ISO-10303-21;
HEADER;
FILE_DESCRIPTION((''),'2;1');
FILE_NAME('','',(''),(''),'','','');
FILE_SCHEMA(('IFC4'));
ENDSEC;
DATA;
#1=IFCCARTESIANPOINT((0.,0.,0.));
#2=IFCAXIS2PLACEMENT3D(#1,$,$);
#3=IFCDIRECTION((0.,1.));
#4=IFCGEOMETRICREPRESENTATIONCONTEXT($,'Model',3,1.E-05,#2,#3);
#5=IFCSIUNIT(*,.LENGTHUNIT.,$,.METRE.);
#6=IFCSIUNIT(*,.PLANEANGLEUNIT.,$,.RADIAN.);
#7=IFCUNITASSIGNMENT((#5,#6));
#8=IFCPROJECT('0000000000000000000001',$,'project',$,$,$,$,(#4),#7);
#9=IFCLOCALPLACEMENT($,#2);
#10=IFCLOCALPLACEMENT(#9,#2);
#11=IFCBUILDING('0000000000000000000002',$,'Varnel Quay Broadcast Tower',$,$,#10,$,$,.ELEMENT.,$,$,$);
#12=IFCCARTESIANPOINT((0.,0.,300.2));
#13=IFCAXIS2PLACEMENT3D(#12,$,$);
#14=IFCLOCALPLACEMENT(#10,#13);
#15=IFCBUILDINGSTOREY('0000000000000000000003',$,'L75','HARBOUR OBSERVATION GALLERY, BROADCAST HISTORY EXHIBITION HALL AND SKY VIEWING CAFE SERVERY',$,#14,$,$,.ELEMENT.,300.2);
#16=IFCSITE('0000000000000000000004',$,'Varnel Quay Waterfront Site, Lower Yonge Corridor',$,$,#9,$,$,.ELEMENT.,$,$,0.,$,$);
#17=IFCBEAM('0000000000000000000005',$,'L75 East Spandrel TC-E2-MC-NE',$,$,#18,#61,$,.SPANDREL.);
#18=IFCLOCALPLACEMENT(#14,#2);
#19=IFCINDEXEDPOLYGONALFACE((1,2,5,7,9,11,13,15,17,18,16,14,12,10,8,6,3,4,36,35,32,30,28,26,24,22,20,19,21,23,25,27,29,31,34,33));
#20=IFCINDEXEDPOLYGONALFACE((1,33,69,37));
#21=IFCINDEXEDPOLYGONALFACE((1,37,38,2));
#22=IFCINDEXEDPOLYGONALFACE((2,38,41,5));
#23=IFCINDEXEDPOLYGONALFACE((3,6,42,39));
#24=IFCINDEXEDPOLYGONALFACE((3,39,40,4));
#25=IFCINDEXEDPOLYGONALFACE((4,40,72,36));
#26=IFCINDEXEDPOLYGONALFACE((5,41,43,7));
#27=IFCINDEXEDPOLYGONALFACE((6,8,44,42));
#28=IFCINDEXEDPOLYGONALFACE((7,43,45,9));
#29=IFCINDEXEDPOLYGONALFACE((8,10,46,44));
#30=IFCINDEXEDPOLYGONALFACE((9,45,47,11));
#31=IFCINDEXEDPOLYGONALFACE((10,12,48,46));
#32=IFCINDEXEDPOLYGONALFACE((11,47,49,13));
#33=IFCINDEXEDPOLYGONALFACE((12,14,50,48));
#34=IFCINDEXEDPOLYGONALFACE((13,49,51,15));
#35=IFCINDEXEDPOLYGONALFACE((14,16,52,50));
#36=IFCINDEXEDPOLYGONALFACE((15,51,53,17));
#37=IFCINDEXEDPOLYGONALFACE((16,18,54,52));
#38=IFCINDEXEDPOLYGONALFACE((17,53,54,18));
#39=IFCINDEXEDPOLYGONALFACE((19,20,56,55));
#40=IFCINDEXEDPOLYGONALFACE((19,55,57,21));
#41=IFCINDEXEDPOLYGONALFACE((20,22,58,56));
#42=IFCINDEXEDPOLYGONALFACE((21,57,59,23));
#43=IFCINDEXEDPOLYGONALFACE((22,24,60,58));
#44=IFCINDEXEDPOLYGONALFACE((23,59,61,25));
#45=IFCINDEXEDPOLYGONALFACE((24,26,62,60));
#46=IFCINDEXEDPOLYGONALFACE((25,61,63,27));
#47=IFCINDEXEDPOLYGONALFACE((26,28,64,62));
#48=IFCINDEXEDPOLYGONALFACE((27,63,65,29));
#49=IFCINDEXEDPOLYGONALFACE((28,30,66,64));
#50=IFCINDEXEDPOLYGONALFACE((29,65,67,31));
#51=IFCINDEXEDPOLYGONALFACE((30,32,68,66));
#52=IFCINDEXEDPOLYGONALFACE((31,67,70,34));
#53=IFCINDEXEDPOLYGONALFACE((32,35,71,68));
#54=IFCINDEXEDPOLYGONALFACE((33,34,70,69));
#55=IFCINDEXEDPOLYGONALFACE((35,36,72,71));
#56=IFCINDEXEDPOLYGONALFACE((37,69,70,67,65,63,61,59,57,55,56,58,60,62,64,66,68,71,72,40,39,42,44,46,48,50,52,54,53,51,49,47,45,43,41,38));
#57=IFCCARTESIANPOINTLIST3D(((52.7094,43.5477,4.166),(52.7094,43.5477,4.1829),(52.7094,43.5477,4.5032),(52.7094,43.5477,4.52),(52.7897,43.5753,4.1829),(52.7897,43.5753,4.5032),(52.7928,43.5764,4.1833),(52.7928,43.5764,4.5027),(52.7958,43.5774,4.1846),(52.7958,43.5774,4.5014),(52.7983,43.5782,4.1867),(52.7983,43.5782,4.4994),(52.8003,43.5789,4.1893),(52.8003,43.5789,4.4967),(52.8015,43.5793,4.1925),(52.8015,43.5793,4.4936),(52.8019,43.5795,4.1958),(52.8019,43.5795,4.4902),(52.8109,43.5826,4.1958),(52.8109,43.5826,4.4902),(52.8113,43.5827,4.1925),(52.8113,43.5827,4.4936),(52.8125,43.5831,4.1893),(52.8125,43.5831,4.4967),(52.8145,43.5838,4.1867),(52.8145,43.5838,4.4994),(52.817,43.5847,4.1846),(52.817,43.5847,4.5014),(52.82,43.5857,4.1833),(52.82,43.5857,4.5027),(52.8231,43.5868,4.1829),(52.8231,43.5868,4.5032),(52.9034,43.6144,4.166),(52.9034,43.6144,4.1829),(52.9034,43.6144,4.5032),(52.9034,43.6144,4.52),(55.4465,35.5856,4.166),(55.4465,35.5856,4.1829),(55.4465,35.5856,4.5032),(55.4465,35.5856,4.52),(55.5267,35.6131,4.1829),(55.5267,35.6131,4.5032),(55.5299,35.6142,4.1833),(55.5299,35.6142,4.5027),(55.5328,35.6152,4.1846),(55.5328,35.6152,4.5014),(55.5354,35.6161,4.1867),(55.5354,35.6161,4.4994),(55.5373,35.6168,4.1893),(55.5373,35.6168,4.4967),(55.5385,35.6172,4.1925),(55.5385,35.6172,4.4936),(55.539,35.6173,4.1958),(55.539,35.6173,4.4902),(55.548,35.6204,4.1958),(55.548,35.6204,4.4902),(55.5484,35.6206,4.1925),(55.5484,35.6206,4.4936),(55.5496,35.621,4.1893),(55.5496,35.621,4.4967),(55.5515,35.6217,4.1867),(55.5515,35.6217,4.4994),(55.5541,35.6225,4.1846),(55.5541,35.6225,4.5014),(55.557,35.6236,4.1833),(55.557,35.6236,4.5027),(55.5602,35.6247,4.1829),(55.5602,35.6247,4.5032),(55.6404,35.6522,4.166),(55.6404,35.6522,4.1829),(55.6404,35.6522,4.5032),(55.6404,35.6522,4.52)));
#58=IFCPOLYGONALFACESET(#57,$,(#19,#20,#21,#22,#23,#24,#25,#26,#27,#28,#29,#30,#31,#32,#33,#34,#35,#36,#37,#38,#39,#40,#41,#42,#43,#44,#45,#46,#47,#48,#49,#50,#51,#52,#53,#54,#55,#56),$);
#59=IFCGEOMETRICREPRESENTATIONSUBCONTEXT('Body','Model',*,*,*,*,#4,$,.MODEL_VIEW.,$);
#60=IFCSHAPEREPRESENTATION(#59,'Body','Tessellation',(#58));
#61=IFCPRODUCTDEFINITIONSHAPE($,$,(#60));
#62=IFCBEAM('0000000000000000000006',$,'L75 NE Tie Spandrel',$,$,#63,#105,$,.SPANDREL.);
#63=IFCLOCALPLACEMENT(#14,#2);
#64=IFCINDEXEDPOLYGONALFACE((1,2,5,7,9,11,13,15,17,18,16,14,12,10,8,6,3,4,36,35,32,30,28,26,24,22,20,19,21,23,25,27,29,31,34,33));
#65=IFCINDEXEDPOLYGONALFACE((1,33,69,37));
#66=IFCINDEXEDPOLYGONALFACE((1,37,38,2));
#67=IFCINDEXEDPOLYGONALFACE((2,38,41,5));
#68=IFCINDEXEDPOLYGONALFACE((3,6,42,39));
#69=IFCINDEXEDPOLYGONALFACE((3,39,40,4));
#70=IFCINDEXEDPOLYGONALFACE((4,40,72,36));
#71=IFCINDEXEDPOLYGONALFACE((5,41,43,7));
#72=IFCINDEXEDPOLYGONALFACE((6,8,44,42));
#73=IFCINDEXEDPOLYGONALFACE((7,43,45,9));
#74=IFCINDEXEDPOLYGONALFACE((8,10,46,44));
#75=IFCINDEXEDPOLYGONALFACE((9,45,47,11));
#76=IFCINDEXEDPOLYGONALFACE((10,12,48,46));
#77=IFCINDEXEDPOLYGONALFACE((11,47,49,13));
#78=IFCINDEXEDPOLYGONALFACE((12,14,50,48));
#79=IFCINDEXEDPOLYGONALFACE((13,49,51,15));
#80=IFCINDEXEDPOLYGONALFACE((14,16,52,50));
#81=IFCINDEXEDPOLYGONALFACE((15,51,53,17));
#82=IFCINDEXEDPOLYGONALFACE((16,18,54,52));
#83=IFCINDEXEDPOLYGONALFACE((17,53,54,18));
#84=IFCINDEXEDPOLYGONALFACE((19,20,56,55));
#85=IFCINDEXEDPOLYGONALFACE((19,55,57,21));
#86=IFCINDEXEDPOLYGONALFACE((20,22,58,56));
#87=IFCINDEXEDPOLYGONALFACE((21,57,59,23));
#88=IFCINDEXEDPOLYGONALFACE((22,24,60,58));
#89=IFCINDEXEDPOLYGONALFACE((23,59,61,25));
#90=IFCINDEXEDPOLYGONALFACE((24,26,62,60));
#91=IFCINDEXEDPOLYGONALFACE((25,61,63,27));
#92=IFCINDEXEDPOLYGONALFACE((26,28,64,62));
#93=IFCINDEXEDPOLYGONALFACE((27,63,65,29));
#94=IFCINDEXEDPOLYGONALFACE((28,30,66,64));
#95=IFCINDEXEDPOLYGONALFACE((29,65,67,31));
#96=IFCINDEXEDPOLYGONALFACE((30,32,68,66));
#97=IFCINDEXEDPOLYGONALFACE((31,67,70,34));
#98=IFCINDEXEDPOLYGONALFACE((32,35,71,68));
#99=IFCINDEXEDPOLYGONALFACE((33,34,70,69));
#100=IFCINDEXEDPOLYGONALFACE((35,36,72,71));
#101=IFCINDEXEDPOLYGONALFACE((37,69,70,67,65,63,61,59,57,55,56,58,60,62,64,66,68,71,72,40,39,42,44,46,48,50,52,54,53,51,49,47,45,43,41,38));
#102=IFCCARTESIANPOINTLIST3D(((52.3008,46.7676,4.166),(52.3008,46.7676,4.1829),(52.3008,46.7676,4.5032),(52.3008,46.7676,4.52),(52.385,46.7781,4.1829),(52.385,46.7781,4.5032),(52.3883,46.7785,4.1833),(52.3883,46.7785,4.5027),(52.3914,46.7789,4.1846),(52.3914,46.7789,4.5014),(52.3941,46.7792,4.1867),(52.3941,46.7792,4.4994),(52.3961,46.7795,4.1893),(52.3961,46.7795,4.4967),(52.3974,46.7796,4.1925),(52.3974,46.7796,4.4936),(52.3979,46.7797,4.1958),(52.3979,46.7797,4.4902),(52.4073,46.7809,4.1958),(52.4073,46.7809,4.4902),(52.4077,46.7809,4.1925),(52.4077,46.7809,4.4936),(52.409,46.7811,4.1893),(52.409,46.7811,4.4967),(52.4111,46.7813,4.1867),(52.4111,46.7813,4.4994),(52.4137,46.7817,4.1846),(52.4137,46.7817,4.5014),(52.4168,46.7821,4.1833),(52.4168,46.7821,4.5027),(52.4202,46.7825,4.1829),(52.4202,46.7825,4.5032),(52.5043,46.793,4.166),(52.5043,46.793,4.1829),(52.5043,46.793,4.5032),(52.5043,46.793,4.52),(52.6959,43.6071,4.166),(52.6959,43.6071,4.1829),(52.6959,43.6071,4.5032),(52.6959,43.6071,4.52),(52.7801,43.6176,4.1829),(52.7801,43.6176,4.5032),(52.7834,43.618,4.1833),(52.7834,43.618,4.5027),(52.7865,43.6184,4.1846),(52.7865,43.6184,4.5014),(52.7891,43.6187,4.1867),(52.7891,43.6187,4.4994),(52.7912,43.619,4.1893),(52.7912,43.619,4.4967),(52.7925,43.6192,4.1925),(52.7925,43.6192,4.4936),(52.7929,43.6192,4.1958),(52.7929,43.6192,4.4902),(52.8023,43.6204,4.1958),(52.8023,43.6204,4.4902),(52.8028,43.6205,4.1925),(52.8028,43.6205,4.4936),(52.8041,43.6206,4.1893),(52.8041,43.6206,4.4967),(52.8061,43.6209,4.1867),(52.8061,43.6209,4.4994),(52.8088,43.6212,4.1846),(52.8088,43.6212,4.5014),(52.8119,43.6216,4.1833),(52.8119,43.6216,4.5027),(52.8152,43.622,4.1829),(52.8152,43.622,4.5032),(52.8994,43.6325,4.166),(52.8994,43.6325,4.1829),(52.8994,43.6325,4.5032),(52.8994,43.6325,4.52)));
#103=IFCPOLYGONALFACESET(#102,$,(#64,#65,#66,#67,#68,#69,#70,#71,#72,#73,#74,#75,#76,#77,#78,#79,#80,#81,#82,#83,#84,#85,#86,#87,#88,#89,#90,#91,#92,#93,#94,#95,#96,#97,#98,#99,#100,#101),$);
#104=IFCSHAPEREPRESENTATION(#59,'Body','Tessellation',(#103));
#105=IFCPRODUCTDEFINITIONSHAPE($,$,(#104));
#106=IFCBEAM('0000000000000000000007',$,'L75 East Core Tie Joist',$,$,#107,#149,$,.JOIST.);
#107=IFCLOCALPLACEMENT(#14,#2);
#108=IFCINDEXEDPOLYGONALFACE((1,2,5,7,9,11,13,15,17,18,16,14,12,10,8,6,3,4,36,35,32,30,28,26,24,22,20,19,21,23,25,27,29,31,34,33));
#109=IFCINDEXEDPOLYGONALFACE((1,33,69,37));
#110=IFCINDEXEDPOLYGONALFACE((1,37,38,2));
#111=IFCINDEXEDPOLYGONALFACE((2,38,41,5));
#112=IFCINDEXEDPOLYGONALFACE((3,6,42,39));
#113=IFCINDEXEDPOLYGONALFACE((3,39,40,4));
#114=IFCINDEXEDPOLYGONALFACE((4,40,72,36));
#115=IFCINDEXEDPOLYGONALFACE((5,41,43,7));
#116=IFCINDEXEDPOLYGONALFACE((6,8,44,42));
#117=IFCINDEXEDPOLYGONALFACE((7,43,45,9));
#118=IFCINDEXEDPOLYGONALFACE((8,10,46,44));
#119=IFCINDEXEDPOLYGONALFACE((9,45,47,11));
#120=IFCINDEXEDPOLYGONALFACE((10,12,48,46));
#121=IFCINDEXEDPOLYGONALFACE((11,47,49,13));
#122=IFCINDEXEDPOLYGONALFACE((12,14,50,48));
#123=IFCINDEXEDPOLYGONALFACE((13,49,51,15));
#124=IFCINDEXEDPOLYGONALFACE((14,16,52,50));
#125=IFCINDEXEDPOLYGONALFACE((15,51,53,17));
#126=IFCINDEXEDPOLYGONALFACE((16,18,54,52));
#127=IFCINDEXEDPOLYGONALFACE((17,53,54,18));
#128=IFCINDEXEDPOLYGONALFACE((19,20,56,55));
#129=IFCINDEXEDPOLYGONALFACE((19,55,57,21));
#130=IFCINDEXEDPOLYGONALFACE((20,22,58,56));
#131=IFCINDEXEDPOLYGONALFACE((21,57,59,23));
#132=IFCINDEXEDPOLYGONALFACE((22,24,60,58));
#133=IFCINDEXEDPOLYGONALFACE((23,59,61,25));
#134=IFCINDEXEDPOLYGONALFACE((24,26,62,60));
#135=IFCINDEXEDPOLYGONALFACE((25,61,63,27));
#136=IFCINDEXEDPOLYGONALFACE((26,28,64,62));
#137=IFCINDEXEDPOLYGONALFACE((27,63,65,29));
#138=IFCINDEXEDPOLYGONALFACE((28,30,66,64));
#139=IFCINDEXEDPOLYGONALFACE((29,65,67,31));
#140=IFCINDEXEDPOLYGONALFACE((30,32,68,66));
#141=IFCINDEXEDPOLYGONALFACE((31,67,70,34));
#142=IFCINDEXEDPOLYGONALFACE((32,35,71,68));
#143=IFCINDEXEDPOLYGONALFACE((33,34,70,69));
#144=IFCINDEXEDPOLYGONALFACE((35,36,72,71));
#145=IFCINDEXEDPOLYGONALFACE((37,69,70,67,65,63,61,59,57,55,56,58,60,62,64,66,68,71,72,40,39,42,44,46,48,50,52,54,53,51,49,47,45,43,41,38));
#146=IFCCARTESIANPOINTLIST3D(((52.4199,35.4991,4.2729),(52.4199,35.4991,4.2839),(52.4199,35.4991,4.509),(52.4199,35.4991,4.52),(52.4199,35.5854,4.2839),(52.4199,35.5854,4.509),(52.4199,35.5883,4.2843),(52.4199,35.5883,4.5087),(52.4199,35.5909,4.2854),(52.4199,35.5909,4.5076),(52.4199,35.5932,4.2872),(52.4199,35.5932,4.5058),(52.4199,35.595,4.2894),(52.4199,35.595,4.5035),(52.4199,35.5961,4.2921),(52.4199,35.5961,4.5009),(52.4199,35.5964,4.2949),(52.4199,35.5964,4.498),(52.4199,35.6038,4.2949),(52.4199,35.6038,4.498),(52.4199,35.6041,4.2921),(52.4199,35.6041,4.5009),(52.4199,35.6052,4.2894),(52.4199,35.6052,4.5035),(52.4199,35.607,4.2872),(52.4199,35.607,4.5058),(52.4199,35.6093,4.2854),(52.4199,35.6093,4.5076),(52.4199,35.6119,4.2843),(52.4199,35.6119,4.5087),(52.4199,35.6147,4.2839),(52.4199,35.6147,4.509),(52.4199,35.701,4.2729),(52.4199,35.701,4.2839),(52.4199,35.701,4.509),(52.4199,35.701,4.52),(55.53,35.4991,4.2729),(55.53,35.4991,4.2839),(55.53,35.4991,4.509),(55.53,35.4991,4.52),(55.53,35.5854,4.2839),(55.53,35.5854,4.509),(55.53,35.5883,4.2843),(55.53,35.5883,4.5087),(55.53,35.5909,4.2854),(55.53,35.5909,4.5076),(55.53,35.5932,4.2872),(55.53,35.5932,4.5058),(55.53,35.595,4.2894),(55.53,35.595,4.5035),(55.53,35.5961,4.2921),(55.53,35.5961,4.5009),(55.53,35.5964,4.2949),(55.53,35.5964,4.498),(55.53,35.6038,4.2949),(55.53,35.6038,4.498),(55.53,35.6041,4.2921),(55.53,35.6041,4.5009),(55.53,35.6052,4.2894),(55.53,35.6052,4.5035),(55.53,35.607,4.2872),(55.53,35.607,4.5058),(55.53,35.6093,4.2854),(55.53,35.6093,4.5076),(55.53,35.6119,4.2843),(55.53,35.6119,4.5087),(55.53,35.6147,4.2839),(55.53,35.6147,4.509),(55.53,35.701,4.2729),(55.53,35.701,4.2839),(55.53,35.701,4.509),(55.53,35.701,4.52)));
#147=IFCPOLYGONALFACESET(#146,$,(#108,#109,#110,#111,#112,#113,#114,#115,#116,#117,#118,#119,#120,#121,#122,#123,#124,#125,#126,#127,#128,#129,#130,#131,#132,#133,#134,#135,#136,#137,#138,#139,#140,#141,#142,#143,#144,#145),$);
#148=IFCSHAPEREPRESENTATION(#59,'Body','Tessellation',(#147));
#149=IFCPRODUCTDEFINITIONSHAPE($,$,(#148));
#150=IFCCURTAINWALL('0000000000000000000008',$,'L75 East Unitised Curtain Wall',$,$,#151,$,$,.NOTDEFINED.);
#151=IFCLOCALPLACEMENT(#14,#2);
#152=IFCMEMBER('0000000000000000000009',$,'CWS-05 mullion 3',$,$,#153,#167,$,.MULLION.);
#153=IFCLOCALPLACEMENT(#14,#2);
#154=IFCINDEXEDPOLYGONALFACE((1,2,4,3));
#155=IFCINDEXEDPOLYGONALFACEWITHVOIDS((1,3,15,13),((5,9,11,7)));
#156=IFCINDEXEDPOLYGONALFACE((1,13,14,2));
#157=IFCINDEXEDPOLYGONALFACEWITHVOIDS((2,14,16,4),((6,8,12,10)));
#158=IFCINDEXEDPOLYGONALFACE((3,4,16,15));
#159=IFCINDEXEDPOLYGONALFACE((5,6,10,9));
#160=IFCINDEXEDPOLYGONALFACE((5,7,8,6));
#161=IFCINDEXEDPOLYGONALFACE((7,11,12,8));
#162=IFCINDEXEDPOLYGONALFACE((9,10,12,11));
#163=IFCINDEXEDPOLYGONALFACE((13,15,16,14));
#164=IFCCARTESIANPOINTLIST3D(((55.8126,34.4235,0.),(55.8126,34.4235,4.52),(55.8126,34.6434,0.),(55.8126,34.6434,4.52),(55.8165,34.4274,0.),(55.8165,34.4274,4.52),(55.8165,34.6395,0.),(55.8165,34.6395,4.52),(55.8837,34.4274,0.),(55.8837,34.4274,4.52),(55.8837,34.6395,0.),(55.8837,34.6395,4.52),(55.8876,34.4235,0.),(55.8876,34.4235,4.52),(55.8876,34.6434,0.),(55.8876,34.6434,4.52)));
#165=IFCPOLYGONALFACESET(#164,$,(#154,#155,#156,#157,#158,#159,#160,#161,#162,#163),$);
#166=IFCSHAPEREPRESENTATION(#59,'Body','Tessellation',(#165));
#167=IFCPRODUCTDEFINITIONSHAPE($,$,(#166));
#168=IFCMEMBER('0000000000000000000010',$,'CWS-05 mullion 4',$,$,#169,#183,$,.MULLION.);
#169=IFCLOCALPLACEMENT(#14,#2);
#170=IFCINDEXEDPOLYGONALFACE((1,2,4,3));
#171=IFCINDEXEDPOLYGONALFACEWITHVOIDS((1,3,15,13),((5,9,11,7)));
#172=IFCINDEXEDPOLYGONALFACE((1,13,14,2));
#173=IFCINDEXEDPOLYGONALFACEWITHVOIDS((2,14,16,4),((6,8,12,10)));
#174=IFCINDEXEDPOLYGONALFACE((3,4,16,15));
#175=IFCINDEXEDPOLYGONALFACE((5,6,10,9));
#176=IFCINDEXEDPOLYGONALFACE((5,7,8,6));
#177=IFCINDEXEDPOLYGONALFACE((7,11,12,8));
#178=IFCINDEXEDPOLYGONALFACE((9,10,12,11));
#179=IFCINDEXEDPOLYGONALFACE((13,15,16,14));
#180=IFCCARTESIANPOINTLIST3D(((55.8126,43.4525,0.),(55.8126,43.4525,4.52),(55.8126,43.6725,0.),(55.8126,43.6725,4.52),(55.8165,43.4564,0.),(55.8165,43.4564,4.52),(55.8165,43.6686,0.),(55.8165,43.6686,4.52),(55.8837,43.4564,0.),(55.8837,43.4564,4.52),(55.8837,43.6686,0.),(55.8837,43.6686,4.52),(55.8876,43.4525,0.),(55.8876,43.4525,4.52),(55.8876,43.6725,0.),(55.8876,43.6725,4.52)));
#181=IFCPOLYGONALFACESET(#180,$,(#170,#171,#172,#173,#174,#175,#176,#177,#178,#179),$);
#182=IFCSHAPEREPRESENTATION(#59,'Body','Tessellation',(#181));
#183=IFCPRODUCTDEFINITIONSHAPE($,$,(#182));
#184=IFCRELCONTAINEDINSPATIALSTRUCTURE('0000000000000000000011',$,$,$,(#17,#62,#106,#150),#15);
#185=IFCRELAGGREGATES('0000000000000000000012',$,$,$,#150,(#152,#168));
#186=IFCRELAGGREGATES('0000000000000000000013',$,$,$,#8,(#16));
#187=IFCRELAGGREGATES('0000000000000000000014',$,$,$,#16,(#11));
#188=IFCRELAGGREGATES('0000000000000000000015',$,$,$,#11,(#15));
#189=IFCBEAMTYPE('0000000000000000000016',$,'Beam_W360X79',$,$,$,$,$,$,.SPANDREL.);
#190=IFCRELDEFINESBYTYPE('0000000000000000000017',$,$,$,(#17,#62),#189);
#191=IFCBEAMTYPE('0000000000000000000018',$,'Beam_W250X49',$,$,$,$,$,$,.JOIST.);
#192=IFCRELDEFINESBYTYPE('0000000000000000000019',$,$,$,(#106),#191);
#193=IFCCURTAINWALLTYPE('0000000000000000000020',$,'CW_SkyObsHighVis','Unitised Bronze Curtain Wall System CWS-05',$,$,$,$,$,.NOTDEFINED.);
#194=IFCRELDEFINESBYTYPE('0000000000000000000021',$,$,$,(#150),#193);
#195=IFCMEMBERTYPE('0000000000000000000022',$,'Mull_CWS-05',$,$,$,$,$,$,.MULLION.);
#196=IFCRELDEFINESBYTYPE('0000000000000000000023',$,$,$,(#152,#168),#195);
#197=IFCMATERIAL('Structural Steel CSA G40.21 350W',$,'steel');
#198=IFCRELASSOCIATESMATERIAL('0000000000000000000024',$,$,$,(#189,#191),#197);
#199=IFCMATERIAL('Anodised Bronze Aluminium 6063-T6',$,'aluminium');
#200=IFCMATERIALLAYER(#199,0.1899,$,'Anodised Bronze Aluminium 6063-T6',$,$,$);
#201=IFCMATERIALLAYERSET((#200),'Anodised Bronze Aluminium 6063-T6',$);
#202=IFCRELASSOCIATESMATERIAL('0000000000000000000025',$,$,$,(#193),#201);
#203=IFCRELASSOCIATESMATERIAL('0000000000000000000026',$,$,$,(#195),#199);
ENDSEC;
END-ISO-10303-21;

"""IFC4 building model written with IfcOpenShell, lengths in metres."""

from ifc_helpers import new_model, si_unit, direction, frame, origin, origin_2d, place, context, subcontext, project, spatial, hollow_rectangle, i_section, extrude, source, transform, mapped, material, layer, layer_set, material_profile, profile_set, type_object, type_shapes, element, aggregate, save


model = new_model("IFC4")

# Units and contexts
model_context = context("Model", 3, precision=1e-05, world=origin(), true_north=direction((0.0, 1.0)))
body_context = subcontext(model_context, "Body", "Model", "MODEL_VIEW")
ifc_project = project(units=[si_unit("LENGTHUNIT", "METRE"), si_unit("PLANEANGLEUNIT", "RADIAN")], contexts=[model_context])

# Site, building, storey
site_placement = place(None, origin())
site = spatial("IfcSite", under=ifc_project, at=site_placement, Name="Varnel Quay Waterfront Site, Lower Yonge Corridor", CompositionType="ELEMENT", RefElevation=0.0)
building_placement = place(site_placement, origin())
building = spatial("IfcBuilding", under=site, at=building_placement, Name="Varnel Quay Broadcast Tower", CompositionType="ELEMENT")
storey_placement = place(building_placement, frame((0.0, 0.0, 300.2)))
storey = spatial("IfcBuildingStorey", under=building, at=storey_placement, Name="L75", Description="HARBOUR OBSERVATION GALLERY, BROADCAST HISTORY EXHIBITION HALL AND SKY VIEWING CAFE SERVERY", CompositionType="ELEMENT", Elevation=300.2)

# Shared definitions
ifc_material_1 = material(Name="Structural Steel CSA G40.21 350W", Category="steel")

# Beams
ifc_material_profile_1 = material_profile(ifc_material_1, i_section(OverallWidth=0.2051, OverallDepth=0.354, WebThickness=0.0095, FlangeThickness=0.0168, FilletRadius=0.0129, at=origin_2d()), Name="W360X79")
ifc_profile_set_1 = profile_set([ifc_material_profile_1], Name="Structural Steel CSA G40.21 350W")
beam_type_1 = type_object("IfcBeamType", Name="Beam_W360X79", PredefinedType="SPANDREL", material=ifc_profile_set_1)
shared_shape_1 = source(origin(), body_context, "Body", "SweptSolid", [
    extrude(i_section(OverallWidth=0.2051, OverallDepth=0.354, WebThickness=0.0095, FlangeThickness=0.0168, FilletRadius=0.0129, at=origin_2d()), origin(), (0.0, 0.0, 1.0), 8.4194),
])
beam_1_placement = place(storey_placement, frame((55.5435, 35.6189, 4.343), z_axis=(-0.325087, 0.945684, 0.0), x_axis=(-0.945684, -0.325087, 0.0)))
element("IfcBeam", 1, at=beam_1_placement, inside=storey, type_object=beam_type_1, Name="L75 East Spandrel TC-E2-MC-NE", PredefinedType="SPANDREL", context=body_context, shape_type="MappedRepresentation", body=[
    mapped(shared_shape_1, transform((0.0, 0.0, 0.0), x_axis=(1.0, 0.0, 0.0), y_axis=(0.0, 1.0, 0.0), z_axis=(0.0, 0.0, 1.0), scale=1.0)),
])
shared_shape_2 = source(origin(), body_context, "Body", "SweptSolid", [
    extrude(i_section(OverallWidth=0.2051, OverallDepth=0.354, WebThickness=0.0095, FlangeThickness=0.0168, FilletRadius=0.0129, at=origin_2d()), origin(), (0.0, 0.0, 1.0), 3.1851),
])
type_shapes(beam_type_1, [shared_shape_1, shared_shape_2])
beam_2_placement = place(storey_placement, frame((52.4026, 46.7803, 4.343), z_axis=(0.124025, -0.992279, 0.0), x_axis=(0.992279, 0.124025, 0.0)))
element("IfcBeam", 2, at=beam_2_placement, inside=storey, type_object=beam_type_1, Name="L75 NE Tie Spandrel", PredefinedType="SPANDREL", context=body_context, shape_type="MappedRepresentation", body=[
    mapped(shared_shape_2, transform((0.0, 0.0, 0.0), x_axis=(1.0, 0.0, 0.0), y_axis=(0.0, 1.0, 0.0), z_axis=(0.0, 0.0, 1.0), scale=1.0)),
])
ifc_material_profile_2 = material_profile(ifc_material_1, i_section(OverallWidth=0.2019, OverallDepth=0.2471, WebThickness=0.0073, FlangeThickness=0.011, FilletRadius=0.011, at=origin_2d()), Name="W250X49")
ifc_profile_set_2 = profile_set([ifc_material_profile_2], Name="Structural Steel CSA G40.21 350W")
beam_type_2 = type_object("IfcBeamType", Name="Beam_W250X49", PredefinedType="JOIST", material=ifc_profile_set_2)
shared_shape_3 = source(origin(), body_context, "Body", "SweptSolid", [
    extrude(i_section(OverallWidth=0.2019, OverallDepth=0.2471, WebThickness=0.0073, FlangeThickness=0.011, FilletRadius=0.011, at=origin_2d()), origin(), (0.0, 0.0, 1.0), 3.1101),
])
type_shapes(beam_type_2, [shared_shape_3])
beam_3_placement = place(storey_placement, frame((52.4199, 35.6001, 4.3965), z_axis=(1.0, 0.0, 0.0), x_axis=(0.0, 1.0, 0.0)))
element("IfcBeam", 3, at=beam_3_placement, inside=storey, type_object=beam_type_2, Name="L75 East Core Tie Joist", PredefinedType="JOIST", context=body_context, shape_type="MappedRepresentation", body=[
    mapped(shared_shape_3, transform((0.0, 0.0, 0.0), x_axis=(1.0, 0.0, 0.0), y_axis=(0.0, 1.0, 0.0), z_axis=(0.0, 0.0, 1.0), scale=1.0)),
])

# Curtain wall, members
ifc_material_2 = material(Name="Anodised Bronze Aluminium 6063-T6", Category="aluminium")
ifc_layer_1 = layer(ifc_material_2, 0.1899, Name="Anodised Bronze Aluminium 6063-T6")
ifc_layer_set_1 = layer_set([ifc_layer_1], Name="Anodised Bronze Aluminium 6063-T6")
curtain_wall_type = type_object("IfcCurtainWallType", Name="CW_SkyObsHighVis", Description="Unitised Bronze Curtain Wall System CWS-05", PredefinedType="NOTDEFINED", material=ifc_layer_set_1)
curtain_wall_placement = place(storey_placement, origin())
curtain_wall = element("IfcCurtainWall", 4, at=curtain_wall_placement, inside=storey, type_object=curtain_wall_type, Name="L75 East Unitised Curtain Wall", PredefinedType="NOTDEFINED")
ifc_material_profile_3 = material_profile(ifc_material_2, hollow_rectangle(XDim=0.075, YDim=0.22, WallThickness=0.0039, at=origin_2d()), Name="ALU75X220X4")
ifc_profile_set_3 = profile_set([ifc_material_profile_3], Name="Anodised Bronze Aluminium 6063-T6")
member_type_1 = type_object("IfcMemberType", Name="Mull_CWS-05", PredefinedType="MULLION", material=ifc_profile_set_3)
shared_shape_4 = source(origin(), body_context, "Body", "SweptSolid", [
    extrude(hollow_rectangle(XDim=0.075, YDim=0.22, WallThickness=0.0039, at=origin_2d()), origin(), (0.0, 0.0, 1.0), 4.52),
])
type_shapes(member_type_1, [shared_shape_4])
member_1_placement = place(storey_placement, frame((55.8501, 34.5334, 0.0), z_axis=(0.0, 0.0, 1.0), x_axis=(-1.0, 0.0, 0.0)))
member_1 = element("IfcMember", 5, at=member_1_placement, type_object=member_type_1, Name="CWS-05 mullion 3", PredefinedType="MULLION", context=body_context, shape_type="MappedRepresentation", body=[
    mapped(shared_shape_4, transform((0.0, 0.0, 0.0), x_axis=(1.0, 0.0, 0.0), y_axis=(0.0, 1.0, 0.0), z_axis=(0.0, 0.0, 1.0), scale=1.0)),
])
member_2_placement = place(storey_placement, frame((55.8501, 43.5625, 0.0), z_axis=(0.0, 0.0, 1.0), x_axis=(-1.0, 0.0, 0.0)))
member_2 = element("IfcMember", 6, at=member_2_placement, type_object=member_type_1, Name="CWS-05 mullion 4", PredefinedType="MULLION", context=body_context, shape_type="MappedRepresentation", body=[
    mapped(shared_shape_4, transform((0.0, 0.0, 0.0), x_axis=(1.0, 0.0, 0.0), y_axis=(0.0, 1.0, 0.0), z_axis=(0.0, 0.0, 1.0), scale=1.0)),
])
aggregate(curtain_wall, [member_1, member_2])

save(model, "model.ifc")
